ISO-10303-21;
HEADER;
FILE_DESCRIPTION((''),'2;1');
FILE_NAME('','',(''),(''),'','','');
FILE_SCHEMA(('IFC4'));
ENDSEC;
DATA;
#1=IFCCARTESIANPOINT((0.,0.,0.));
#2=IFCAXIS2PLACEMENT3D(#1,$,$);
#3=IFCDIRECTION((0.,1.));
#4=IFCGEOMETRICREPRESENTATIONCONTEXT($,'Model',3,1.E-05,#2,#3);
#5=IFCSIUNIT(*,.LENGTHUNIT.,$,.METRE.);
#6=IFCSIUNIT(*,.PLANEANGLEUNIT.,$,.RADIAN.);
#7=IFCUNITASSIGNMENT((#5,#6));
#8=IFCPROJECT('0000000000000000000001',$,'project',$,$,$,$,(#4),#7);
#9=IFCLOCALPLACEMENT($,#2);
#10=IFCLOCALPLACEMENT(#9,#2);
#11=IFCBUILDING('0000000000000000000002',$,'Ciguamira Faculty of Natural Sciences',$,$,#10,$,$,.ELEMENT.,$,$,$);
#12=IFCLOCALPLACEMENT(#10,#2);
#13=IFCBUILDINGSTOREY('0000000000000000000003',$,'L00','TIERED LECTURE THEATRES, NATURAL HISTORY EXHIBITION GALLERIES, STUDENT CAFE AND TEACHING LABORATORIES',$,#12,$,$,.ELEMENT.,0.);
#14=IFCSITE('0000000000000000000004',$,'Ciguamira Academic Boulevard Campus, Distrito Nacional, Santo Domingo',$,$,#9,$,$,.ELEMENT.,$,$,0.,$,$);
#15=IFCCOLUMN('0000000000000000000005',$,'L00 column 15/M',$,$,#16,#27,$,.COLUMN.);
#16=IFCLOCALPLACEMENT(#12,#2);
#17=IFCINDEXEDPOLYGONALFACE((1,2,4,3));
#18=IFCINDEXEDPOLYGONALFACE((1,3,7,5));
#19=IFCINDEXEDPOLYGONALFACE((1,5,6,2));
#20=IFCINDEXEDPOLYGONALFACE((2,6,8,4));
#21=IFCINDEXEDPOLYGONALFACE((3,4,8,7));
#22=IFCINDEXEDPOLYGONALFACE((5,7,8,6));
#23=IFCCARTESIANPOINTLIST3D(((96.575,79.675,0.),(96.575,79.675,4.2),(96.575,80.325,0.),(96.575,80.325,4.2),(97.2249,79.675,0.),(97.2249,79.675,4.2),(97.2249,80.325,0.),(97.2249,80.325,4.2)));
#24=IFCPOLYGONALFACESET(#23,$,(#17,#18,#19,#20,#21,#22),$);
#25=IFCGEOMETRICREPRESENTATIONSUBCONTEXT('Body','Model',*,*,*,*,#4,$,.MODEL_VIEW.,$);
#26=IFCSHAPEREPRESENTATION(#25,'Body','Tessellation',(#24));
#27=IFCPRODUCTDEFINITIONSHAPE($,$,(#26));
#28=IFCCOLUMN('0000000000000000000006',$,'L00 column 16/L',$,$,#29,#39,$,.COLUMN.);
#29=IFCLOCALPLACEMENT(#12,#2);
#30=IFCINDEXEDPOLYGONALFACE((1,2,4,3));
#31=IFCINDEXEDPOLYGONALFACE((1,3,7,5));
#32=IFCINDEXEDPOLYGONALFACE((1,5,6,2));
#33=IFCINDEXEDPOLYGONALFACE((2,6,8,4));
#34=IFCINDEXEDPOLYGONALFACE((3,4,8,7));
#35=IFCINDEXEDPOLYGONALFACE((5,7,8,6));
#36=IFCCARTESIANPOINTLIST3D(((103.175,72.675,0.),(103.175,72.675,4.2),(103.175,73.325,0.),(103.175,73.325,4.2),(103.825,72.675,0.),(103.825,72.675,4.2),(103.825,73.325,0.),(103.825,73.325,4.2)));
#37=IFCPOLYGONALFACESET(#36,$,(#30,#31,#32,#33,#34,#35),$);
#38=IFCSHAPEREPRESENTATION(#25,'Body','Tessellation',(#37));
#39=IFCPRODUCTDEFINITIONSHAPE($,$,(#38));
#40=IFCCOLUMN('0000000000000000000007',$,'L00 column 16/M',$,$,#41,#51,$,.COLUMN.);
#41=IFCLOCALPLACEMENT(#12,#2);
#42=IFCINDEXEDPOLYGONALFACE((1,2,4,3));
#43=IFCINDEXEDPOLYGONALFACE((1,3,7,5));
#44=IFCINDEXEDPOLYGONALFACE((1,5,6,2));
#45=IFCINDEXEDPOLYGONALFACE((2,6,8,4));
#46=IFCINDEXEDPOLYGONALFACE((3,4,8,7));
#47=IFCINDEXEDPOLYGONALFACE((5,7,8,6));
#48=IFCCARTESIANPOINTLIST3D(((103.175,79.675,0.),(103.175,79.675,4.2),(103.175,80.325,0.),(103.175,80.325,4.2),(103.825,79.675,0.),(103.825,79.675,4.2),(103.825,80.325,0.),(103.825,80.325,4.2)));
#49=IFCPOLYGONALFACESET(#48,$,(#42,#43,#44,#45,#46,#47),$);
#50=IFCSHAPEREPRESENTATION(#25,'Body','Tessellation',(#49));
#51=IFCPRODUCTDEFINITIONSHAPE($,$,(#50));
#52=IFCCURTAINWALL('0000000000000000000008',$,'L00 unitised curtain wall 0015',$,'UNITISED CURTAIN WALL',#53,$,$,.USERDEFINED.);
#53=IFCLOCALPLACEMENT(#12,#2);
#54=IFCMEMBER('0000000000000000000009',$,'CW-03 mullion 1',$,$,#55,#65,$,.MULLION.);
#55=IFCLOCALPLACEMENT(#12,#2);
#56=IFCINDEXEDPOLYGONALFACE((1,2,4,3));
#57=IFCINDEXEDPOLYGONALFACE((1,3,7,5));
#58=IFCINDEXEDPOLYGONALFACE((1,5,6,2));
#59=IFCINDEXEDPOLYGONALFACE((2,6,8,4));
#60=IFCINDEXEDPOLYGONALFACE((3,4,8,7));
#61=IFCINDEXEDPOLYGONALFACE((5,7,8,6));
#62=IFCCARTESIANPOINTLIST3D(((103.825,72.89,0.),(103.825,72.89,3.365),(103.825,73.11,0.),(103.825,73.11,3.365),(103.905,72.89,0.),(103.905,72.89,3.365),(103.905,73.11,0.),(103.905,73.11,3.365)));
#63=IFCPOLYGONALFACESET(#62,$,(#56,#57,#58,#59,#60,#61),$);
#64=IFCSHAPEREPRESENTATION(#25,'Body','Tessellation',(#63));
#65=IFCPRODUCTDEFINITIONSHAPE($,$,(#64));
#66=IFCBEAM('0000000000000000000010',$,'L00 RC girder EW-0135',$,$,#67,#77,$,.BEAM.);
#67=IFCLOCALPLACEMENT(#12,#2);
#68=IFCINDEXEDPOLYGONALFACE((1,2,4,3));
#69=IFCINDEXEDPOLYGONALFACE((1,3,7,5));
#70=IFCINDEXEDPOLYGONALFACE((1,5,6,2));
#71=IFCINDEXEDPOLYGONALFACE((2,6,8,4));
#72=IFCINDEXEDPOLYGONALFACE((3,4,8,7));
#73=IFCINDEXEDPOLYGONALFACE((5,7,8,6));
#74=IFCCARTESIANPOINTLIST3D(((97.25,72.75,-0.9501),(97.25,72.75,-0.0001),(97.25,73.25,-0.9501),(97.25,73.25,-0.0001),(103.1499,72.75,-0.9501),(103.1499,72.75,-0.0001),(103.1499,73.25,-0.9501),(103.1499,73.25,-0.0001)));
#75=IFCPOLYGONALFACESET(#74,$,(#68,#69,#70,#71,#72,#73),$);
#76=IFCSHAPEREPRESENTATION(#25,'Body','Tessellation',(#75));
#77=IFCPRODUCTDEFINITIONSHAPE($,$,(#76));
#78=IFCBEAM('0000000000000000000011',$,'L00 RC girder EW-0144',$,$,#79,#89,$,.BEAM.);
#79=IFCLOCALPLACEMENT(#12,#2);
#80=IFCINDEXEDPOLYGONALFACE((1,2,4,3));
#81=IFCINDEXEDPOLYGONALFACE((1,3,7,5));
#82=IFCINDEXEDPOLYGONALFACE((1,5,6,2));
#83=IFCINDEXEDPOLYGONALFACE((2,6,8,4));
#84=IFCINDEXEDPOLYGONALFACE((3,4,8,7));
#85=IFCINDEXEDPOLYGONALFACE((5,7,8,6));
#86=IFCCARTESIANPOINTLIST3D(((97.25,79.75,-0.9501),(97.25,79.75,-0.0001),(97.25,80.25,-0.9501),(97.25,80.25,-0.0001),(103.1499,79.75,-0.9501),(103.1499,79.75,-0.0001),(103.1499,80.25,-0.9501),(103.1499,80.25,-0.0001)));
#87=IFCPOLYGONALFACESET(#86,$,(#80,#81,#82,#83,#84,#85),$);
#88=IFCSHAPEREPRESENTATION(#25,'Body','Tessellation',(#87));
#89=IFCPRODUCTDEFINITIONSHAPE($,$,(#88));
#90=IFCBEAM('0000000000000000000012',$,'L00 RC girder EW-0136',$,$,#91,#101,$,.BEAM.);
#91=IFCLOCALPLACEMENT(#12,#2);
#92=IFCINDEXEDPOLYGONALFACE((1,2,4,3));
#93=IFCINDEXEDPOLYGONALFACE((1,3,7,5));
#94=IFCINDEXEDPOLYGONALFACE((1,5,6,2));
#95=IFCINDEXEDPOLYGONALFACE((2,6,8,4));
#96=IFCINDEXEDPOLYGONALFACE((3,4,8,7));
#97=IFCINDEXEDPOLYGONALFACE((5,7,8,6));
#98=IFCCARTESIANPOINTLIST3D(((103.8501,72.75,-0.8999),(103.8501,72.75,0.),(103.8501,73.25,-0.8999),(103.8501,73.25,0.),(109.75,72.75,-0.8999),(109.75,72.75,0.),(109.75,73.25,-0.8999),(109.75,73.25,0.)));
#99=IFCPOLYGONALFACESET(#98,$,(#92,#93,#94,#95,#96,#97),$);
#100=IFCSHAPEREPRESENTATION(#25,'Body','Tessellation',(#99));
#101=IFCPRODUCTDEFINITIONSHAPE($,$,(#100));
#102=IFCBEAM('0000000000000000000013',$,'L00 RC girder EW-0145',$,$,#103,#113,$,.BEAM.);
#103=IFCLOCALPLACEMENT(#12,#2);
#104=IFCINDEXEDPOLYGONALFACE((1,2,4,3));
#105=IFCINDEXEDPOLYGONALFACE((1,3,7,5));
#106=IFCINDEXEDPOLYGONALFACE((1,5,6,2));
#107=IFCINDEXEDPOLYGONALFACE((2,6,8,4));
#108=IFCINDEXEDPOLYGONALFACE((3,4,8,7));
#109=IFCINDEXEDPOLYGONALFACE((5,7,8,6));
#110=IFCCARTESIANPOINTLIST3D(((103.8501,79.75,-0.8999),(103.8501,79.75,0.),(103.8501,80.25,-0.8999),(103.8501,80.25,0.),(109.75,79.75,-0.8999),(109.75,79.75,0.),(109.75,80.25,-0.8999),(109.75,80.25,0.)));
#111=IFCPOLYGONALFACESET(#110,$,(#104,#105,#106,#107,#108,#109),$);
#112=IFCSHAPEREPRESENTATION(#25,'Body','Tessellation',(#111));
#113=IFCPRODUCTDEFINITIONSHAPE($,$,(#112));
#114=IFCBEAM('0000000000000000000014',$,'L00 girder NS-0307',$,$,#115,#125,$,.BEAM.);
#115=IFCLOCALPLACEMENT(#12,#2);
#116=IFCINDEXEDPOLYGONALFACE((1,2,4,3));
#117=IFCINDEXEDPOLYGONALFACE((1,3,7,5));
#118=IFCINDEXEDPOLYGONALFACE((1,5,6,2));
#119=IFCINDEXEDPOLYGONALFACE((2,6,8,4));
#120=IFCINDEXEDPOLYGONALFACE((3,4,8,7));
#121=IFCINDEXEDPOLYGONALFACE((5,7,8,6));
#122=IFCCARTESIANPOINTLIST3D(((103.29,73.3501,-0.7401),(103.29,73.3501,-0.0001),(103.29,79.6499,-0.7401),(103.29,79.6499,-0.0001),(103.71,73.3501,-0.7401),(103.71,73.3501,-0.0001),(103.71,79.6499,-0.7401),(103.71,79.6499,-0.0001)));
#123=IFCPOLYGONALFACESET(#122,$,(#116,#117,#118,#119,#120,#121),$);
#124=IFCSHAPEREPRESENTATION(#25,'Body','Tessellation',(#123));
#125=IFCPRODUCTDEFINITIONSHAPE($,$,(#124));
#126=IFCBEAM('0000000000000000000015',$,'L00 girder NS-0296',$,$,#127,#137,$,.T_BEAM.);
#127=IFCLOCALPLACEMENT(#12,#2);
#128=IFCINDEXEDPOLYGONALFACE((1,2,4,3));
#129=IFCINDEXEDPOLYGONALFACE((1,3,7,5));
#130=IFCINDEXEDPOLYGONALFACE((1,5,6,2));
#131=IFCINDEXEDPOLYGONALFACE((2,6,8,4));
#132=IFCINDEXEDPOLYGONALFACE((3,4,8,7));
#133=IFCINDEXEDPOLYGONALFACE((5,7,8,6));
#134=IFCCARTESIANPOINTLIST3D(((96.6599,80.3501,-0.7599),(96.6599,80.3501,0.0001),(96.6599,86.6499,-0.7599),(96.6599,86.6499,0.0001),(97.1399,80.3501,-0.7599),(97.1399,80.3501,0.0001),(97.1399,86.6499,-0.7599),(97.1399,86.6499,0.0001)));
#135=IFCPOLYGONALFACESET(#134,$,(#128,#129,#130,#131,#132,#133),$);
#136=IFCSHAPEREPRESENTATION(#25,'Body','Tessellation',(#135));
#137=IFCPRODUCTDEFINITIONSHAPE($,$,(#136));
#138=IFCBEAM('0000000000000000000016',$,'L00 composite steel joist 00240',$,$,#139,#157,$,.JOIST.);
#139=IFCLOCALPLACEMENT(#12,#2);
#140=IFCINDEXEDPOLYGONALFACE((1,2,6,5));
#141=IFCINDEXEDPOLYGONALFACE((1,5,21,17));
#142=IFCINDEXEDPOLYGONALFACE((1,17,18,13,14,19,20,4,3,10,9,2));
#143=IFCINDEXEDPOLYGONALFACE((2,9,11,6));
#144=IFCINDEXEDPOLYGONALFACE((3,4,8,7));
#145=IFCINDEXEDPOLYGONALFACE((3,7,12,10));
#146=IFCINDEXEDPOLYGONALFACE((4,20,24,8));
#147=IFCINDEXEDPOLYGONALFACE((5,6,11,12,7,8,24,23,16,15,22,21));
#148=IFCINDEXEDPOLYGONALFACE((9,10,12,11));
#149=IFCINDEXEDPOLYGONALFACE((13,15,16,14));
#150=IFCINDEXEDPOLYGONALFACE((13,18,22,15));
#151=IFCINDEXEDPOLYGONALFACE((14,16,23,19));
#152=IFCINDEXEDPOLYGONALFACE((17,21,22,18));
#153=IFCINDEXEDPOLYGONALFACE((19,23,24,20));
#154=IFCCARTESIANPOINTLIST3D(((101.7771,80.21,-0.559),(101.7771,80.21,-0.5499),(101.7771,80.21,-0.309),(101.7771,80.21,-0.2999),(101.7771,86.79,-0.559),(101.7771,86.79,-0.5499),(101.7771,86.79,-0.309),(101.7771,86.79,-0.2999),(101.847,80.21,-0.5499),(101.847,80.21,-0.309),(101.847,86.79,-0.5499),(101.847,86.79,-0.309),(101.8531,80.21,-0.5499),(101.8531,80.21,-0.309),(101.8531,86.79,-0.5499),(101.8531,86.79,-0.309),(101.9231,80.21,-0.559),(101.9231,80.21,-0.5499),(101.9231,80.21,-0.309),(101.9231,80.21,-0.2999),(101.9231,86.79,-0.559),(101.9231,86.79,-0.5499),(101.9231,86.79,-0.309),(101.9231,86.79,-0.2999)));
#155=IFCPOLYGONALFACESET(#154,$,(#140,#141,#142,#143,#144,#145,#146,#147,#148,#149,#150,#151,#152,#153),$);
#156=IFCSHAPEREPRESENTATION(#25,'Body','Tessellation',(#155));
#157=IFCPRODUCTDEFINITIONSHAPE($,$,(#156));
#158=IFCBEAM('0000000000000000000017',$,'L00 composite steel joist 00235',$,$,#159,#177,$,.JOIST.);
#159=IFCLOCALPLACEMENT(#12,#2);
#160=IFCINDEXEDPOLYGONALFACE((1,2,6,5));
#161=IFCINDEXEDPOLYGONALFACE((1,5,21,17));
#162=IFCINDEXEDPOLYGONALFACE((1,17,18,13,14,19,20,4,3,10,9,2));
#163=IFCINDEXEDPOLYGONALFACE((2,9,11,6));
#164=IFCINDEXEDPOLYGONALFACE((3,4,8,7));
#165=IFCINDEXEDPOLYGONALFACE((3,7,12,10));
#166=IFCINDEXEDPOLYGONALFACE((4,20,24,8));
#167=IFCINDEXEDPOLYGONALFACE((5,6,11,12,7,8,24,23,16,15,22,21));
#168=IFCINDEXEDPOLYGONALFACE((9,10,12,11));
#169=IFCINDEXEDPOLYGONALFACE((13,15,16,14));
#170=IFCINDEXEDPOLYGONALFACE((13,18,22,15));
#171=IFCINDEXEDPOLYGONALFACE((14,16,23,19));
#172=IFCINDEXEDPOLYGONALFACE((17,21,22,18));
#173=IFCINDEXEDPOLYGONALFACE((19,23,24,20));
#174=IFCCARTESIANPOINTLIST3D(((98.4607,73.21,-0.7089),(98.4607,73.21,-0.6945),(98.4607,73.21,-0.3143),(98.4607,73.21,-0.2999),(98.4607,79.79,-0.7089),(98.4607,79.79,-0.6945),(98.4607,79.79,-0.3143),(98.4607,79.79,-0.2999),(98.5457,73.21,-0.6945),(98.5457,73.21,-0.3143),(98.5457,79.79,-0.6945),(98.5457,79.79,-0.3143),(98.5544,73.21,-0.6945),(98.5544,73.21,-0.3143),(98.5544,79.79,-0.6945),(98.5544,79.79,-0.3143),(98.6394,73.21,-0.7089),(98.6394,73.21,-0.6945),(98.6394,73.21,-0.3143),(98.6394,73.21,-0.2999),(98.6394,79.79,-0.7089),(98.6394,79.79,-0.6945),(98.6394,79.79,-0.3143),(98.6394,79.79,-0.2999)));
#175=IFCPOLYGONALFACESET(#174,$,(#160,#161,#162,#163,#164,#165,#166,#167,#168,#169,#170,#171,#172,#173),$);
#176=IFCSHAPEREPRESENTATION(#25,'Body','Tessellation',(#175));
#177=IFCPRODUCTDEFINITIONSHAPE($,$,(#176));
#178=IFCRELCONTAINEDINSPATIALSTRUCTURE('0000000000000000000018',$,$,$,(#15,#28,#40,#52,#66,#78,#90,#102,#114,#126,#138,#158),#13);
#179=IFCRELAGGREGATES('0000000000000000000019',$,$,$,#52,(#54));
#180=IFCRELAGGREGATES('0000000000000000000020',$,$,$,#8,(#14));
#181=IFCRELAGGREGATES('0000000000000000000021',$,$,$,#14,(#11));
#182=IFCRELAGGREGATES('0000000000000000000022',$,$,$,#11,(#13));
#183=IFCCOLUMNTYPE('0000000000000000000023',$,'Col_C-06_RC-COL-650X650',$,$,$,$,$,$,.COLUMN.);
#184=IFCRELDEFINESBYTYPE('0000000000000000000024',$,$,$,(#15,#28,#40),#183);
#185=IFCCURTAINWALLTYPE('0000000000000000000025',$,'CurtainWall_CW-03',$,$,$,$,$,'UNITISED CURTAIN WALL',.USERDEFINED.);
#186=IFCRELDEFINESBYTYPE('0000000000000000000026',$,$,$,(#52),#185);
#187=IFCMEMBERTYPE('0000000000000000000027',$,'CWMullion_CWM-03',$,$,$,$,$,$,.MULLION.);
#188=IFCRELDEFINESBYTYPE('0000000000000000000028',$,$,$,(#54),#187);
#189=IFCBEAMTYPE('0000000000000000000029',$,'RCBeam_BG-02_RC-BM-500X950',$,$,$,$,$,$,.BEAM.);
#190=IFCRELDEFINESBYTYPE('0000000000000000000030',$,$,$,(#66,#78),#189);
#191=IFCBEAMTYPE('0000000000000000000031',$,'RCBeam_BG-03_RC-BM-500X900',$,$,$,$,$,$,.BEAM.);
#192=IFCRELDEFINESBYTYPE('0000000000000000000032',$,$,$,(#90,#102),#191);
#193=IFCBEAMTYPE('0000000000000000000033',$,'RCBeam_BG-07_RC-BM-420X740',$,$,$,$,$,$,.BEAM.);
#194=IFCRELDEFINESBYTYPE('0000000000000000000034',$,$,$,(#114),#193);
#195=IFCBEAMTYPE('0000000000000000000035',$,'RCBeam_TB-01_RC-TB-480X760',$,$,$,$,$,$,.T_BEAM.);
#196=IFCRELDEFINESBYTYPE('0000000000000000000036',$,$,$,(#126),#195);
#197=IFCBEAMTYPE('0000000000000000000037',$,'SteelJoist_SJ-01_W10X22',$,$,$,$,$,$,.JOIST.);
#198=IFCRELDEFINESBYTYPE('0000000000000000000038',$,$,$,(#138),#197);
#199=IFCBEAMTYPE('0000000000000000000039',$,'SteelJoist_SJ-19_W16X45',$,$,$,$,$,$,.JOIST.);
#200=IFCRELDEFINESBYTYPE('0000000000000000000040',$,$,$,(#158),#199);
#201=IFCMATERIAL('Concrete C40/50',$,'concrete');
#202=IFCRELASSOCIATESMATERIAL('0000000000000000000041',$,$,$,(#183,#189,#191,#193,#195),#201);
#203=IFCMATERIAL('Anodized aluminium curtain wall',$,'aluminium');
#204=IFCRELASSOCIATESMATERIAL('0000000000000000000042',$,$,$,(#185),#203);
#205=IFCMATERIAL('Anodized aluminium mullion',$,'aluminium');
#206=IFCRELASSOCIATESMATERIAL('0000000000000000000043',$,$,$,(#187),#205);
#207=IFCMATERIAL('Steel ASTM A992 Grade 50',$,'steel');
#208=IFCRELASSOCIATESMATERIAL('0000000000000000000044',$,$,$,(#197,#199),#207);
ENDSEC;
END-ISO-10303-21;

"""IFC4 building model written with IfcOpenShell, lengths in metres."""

from ifc_helpers import new_model, si_unit, direction, frame, origin, origin_2d, place, context, subcontext, project, spatial, rectangle, i_section, extrude, material, material_profile, profile_set, type_object, element, aggregate, save


model = new_model("IFC4")

# Units and contexts
model_context = context("Model", 3, precision=1e-05, world=origin(), true_north=direction((0.0, 1.0)))
body_context = subcontext(model_context, "Body", "Model", "MODEL_VIEW")
ifc_project = project(units=[si_unit("LENGTHUNIT", "METRE"), si_unit("PLANEANGLEUNIT", "RADIAN")], contexts=[model_context])

# Site, building, storey
site_placement = place(None, origin())
site = spatial("IfcSite", under=ifc_project, at=site_placement, Name="Ciguamira Academic Boulevard Campus, Distrito Nacional, Santo Domingo", CompositionType="ELEMENT", RefElevation=0.0)
building_placement = place(site_placement, origin())
building = spatial("IfcBuilding", under=site, at=building_placement, Name="Ciguamira Faculty of Natural Sciences", CompositionType="ELEMENT")
storey_placement = place(building_placement, origin())
storey = spatial("IfcBuildingStorey", under=building, at=storey_placement, Name="L00", Description="TIERED LECTURE THEATRES, NATURAL HISTORY EXHIBITION GALLERIES, STUDENT CAFE AND TEACHING LABORATORIES", CompositionType="ELEMENT", Elevation=0.0)

# Columns
ifc_material_1 = material(Name="Concrete C40/50", Category="concrete")
ifc_material_profile_1 = material_profile(ifc_material_1, rectangle(XDim=0.6499, YDim=0.6499, at=origin_2d()), Name="RC-COL-650X650")
ifc_profile_set_1 = profile_set([ifc_material_profile_1], Name="Concrete C40/50")
column_type = type_object("IfcColumnType", Name="Col_C-06_RC-COL-650X650", PredefinedType="COLUMN", material=ifc_profile_set_1)
for number, where, z_axis, x_axis, name in (
    (1, (96.8999, 80.0, 0.0), (0.0, 0.0, 1.0), (1.0, 0.0, 0.0), "L00 column 15/M"),
    (2, (103.5, 73.0, 0.0), (0.0, 0.0, 1.0), (1.0, 0.0, 0.0), "L00 column 16/L"),
    (3, (103.5, 80.0, 0.0), (0.0, 0.0, 1.0), (1.0, 0.0, 0.0), "L00 column 16/M"),
):
    element("IfcColumn", number, at=place(storey_placement, frame(where, z_axis=z_axis, x_axis=x_axis)), inside=storey, type_object=column_type, Name=name, PredefinedType="COLUMN", context=body_context, shape_type="SweptSolid", body=[
        extrude(rectangle(XDim=0.6499, YDim=0.6499, at=origin_2d()), origin(), (0.0, 0.0, 1.0), 4.2),
    ])

# Curtain wall, member
ifc_material_2 = material(Name="Anodized aluminium curtain wall", Category="aluminium")
curtain_wall_type = type_object("IfcCurtainWallType", Name="CurtainWall_CW-03", ElementType="UNITISED CURTAIN WALL", PredefinedType="USERDEFINED", material=ifc_material_2)
curtain_wall_placement = place(storey_placement, origin())
curtain_wall = element("IfcCurtainWall", 4, at=curtain_wall_placement, inside=storey, type_object=curtain_wall_type, Name="L00 unitised curtain wall 0015", ObjectType="UNITISED CURTAIN WALL", PredefinedType="USERDEFINED")
ifc_material_3 = material(Name="Anodized aluminium mullion", Category="aluminium")
ifc_material_profile_2 = material_profile(ifc_material_3, rectangle(XDim=0.0801, YDim=0.22, at=origin_2d()), Name="ALU-MUL-80X220")
ifc_profile_set_2 = profile_set([ifc_material_profile_2], Name="Anodized aluminium mullion")
member_type = type_object("IfcMemberType", Name="CWMullion_CWM-03", PredefinedType="MULLION", material=ifc_profile_set_2)
member_placement = place(storey_placement, frame((103.865, 73.0, 0.0), z_axis=(0.0, 0.0, 1.0), x_axis=(1.0, 0.0, 0.0)))
member = element("IfcMember", 5, at=member_placement, type_object=member_type, Name="CW-03 mullion 1", PredefinedType="MULLION", context=body_context, shape_type="SweptSolid", body=[
    extrude(rectangle(XDim=0.0801, YDim=0.22, at=origin_2d()), origin(), (0.0, 0.0, 1.0), 3.365),
])
aggregate(curtain_wall, [member])

# Beams
ifc_material_profile_3 = material_profile(ifc_material_1, rectangle(XDim=0.5, YDim=0.95, at=origin_2d()), Name="RC-BM-500X950")
ifc_profile_set_3 = profile_set([ifc_material_profile_3], Name="Concrete C40/50")
beam_type_1 = type_object("IfcBeamType", Name="RCBeam_BG-02_RC-BM-500X950", PredefinedType="BEAM", material=ifc_profile_set_3)
for number, where, z_axis, x_axis, name in (
    (6, (97.25, 73.0, -0.4751), (1.0, 0.0, 0.0), (0.0, 1.0, 0.0), "L00 RC girder EW-0135"),
    (7, (97.25, 80.0, -0.4751), (1.0, 0.0, 0.0), (0.0, 1.0, 0.0), "L00 RC girder EW-0144"),
):
    element("IfcBeam", number, at=place(storey_placement, frame(where, z_axis=z_axis, x_axis=x_axis)), inside=storey, type_object=beam_type_1, Name=name, PredefinedType="BEAM", context=body_context, shape_type="SweptSolid", body=[
        extrude(rectangle(XDim=0.5, YDim=0.95, at=origin_2d()), origin(), (0.0, 0.0, 1.0), 5.8999),
    ])
ifc_material_profile_4 = material_profile(ifc_material_1, rectangle(XDim=0.5, YDim=0.8999, at=origin_2d()), Name="RC-BM-500X900")
ifc_profile_set_4 = profile_set([ifc_material_profile_4], Name="Concrete C40/50")
beam_type_2 = type_object("IfcBeamType", Name="RCBeam_BG-03_RC-BM-500X900", PredefinedType="BEAM", material=ifc_profile_set_4)
for number, where, z_axis, x_axis, name in (
    (8, (103.8501, 73.0, -0.45), (1.0, 0.0, 0.0), (0.0, 1.0, 0.0), "L00 RC girder EW-0136"),
    (9, (103.8501, 80.0, -0.45), (1.0, 0.0, 0.0), (0.0, 1.0, 0.0), "L00 RC girder EW-0145"),
):
    element("IfcBeam", number, at=place(storey_placement, frame(where, z_axis=z_axis, x_axis=x_axis)), inside=storey, type_object=beam_type_2, Name=name, PredefinedType="BEAM", context=body_context, shape_type="SweptSolid", body=[
        extrude(rectangle(XDim=0.5, YDim=0.8999, at=origin_2d()), origin(), (0.0, 0.0, 1.0), 5.8999),
    ])
ifc_material_profile_5 = material_profile(ifc_material_1, rectangle(XDim=0.4199, YDim=0.74, at=origin_2d()), Name="RC-BM-420X740")
ifc_profile_set_5 = profile_set([ifc_material_profile_5], Name="Concrete C40/50")
beam_type_3 = type_object("IfcBeamType", Name="RCBeam_BG-07_RC-BM-420X740", PredefinedType="BEAM", material=ifc_profile_set_5)
beam_1_placement = place(storey_placement, frame((103.5, 73.3501, -0.3701), z_axis=(0.0, 1.0, 0.0), x_axis=(-1.0, 0.0, 0.0)))
element("IfcBeam", 10, at=beam_1_placement, inside=storey, type_object=beam_type_3, Name="L00 girder NS-0307", PredefinedType="BEAM", context=body_context, shape_type="SweptSolid", body=[
    extrude(rectangle(XDim=0.4199, YDim=0.74, at=origin_2d()), origin(), (0.0, 0.0, 1.0), 6.2998),
])
ifc_material_profile_6 = material_profile(ifc_material_1, rectangle(XDim=0.48, YDim=0.76, at=origin_2d()), Name="RC-TB-480X760")
ifc_profile_set_6 = profile_set([ifc_material_profile_6], Name="Concrete C40/50")
beam_type_4 = type_object("IfcBeamType", Name="RCBeam_TB-01_RC-TB-480X760", PredefinedType="T_BEAM", material=ifc_profile_set_6)
beam_2_placement = place(storey_placement, frame((96.8999, 80.3501, -0.3799), z_axis=(0.0, 1.0, 0.0), x_axis=(-1.0, 0.0, 0.0)))
element("IfcBeam", 11, at=beam_2_placement, inside=storey, type_object=beam_type_4, Name="L00 girder NS-0296", PredefinedType="T_BEAM", context=body_context, shape_type="SweptSolid", body=[
    extrude(rectangle(XDim=0.48, YDim=0.76, at=origin_2d()), origin(), (0.0, 0.0, 1.0), 6.2998),
])
ifc_material_4 = material(Name="Steel ASTM A992 Grade 50", Category="steel")
ifc_material_profile_7 = material_profile(ifc_material_4, i_section(OverallWidth=0.146, OverallDepth=0.259, WebThickness=0.0061, FlangeThickness=0.009, at=origin_2d()), Name="W10X22")
ifc_profile_set_7 = profile_set([ifc_material_profile_7], Name="Steel ASTM A992 Grade 50")
beam_type_5 = type_object("IfcBeamType", Name="SteelJoist_SJ-01_W10X22", PredefinedType="JOIST", material=ifc_profile_set_7)
beam_3_placement = place(storey_placement, frame((101.8501, 80.21, -0.4294), z_axis=(0.0, 1.0, 0.0), x_axis=(-1.0, 0.0, 0.0)))
element("IfcBeam", 12, at=beam_3_placement, inside=storey, type_object=beam_type_5, Name="L00 composite steel joist 00240", PredefinedType="JOIST", context=body_context, shape_type="SweptSolid", body=[
    extrude(i_section(OverallWidth=0.146, OverallDepth=0.259, WebThickness=0.0061, FlangeThickness=0.009, at=origin_2d()), origin(), (0.0, 0.0, 1.0), 6.5801),
])
ifc_material_profile_8 = material_profile(ifc_material_4, i_section(OverallWidth=0.1787, OverallDepth=0.4089, WebThickness=0.0088, FlangeThickness=0.0144, at=origin_2d()), Name="W16X45")
ifc_profile_set_8 = profile_set([ifc_material_profile_8], Name="Steel ASTM A992 Grade 50")
beam_type_6 = type_object("IfcBeamType", Name="SteelJoist_SJ-19_W16X45", PredefinedType="JOIST", material=ifc_profile_set_8)
beam_4_placement = place(storey_placement, frame((98.55, 73.21, -0.5044), z_axis=(0.0, 1.0, 0.0), x_axis=(-1.0, 0.0, 0.0)))
element("IfcBeam", 13, at=beam_4_placement, inside=storey, type_object=beam_type_6, Name="L00 composite steel joist 00235", PredefinedType="JOIST", context=body_context, shape_type="SweptSolid", body=[
    extrude(i_section(OverallWidth=0.1787, OverallDepth=0.4089, WebThickness=0.0088, FlangeThickness=0.0144, at=origin_2d()), origin(), (0.0, 0.0, 1.0), 6.5801),
])

save(model, "model.ifc")
